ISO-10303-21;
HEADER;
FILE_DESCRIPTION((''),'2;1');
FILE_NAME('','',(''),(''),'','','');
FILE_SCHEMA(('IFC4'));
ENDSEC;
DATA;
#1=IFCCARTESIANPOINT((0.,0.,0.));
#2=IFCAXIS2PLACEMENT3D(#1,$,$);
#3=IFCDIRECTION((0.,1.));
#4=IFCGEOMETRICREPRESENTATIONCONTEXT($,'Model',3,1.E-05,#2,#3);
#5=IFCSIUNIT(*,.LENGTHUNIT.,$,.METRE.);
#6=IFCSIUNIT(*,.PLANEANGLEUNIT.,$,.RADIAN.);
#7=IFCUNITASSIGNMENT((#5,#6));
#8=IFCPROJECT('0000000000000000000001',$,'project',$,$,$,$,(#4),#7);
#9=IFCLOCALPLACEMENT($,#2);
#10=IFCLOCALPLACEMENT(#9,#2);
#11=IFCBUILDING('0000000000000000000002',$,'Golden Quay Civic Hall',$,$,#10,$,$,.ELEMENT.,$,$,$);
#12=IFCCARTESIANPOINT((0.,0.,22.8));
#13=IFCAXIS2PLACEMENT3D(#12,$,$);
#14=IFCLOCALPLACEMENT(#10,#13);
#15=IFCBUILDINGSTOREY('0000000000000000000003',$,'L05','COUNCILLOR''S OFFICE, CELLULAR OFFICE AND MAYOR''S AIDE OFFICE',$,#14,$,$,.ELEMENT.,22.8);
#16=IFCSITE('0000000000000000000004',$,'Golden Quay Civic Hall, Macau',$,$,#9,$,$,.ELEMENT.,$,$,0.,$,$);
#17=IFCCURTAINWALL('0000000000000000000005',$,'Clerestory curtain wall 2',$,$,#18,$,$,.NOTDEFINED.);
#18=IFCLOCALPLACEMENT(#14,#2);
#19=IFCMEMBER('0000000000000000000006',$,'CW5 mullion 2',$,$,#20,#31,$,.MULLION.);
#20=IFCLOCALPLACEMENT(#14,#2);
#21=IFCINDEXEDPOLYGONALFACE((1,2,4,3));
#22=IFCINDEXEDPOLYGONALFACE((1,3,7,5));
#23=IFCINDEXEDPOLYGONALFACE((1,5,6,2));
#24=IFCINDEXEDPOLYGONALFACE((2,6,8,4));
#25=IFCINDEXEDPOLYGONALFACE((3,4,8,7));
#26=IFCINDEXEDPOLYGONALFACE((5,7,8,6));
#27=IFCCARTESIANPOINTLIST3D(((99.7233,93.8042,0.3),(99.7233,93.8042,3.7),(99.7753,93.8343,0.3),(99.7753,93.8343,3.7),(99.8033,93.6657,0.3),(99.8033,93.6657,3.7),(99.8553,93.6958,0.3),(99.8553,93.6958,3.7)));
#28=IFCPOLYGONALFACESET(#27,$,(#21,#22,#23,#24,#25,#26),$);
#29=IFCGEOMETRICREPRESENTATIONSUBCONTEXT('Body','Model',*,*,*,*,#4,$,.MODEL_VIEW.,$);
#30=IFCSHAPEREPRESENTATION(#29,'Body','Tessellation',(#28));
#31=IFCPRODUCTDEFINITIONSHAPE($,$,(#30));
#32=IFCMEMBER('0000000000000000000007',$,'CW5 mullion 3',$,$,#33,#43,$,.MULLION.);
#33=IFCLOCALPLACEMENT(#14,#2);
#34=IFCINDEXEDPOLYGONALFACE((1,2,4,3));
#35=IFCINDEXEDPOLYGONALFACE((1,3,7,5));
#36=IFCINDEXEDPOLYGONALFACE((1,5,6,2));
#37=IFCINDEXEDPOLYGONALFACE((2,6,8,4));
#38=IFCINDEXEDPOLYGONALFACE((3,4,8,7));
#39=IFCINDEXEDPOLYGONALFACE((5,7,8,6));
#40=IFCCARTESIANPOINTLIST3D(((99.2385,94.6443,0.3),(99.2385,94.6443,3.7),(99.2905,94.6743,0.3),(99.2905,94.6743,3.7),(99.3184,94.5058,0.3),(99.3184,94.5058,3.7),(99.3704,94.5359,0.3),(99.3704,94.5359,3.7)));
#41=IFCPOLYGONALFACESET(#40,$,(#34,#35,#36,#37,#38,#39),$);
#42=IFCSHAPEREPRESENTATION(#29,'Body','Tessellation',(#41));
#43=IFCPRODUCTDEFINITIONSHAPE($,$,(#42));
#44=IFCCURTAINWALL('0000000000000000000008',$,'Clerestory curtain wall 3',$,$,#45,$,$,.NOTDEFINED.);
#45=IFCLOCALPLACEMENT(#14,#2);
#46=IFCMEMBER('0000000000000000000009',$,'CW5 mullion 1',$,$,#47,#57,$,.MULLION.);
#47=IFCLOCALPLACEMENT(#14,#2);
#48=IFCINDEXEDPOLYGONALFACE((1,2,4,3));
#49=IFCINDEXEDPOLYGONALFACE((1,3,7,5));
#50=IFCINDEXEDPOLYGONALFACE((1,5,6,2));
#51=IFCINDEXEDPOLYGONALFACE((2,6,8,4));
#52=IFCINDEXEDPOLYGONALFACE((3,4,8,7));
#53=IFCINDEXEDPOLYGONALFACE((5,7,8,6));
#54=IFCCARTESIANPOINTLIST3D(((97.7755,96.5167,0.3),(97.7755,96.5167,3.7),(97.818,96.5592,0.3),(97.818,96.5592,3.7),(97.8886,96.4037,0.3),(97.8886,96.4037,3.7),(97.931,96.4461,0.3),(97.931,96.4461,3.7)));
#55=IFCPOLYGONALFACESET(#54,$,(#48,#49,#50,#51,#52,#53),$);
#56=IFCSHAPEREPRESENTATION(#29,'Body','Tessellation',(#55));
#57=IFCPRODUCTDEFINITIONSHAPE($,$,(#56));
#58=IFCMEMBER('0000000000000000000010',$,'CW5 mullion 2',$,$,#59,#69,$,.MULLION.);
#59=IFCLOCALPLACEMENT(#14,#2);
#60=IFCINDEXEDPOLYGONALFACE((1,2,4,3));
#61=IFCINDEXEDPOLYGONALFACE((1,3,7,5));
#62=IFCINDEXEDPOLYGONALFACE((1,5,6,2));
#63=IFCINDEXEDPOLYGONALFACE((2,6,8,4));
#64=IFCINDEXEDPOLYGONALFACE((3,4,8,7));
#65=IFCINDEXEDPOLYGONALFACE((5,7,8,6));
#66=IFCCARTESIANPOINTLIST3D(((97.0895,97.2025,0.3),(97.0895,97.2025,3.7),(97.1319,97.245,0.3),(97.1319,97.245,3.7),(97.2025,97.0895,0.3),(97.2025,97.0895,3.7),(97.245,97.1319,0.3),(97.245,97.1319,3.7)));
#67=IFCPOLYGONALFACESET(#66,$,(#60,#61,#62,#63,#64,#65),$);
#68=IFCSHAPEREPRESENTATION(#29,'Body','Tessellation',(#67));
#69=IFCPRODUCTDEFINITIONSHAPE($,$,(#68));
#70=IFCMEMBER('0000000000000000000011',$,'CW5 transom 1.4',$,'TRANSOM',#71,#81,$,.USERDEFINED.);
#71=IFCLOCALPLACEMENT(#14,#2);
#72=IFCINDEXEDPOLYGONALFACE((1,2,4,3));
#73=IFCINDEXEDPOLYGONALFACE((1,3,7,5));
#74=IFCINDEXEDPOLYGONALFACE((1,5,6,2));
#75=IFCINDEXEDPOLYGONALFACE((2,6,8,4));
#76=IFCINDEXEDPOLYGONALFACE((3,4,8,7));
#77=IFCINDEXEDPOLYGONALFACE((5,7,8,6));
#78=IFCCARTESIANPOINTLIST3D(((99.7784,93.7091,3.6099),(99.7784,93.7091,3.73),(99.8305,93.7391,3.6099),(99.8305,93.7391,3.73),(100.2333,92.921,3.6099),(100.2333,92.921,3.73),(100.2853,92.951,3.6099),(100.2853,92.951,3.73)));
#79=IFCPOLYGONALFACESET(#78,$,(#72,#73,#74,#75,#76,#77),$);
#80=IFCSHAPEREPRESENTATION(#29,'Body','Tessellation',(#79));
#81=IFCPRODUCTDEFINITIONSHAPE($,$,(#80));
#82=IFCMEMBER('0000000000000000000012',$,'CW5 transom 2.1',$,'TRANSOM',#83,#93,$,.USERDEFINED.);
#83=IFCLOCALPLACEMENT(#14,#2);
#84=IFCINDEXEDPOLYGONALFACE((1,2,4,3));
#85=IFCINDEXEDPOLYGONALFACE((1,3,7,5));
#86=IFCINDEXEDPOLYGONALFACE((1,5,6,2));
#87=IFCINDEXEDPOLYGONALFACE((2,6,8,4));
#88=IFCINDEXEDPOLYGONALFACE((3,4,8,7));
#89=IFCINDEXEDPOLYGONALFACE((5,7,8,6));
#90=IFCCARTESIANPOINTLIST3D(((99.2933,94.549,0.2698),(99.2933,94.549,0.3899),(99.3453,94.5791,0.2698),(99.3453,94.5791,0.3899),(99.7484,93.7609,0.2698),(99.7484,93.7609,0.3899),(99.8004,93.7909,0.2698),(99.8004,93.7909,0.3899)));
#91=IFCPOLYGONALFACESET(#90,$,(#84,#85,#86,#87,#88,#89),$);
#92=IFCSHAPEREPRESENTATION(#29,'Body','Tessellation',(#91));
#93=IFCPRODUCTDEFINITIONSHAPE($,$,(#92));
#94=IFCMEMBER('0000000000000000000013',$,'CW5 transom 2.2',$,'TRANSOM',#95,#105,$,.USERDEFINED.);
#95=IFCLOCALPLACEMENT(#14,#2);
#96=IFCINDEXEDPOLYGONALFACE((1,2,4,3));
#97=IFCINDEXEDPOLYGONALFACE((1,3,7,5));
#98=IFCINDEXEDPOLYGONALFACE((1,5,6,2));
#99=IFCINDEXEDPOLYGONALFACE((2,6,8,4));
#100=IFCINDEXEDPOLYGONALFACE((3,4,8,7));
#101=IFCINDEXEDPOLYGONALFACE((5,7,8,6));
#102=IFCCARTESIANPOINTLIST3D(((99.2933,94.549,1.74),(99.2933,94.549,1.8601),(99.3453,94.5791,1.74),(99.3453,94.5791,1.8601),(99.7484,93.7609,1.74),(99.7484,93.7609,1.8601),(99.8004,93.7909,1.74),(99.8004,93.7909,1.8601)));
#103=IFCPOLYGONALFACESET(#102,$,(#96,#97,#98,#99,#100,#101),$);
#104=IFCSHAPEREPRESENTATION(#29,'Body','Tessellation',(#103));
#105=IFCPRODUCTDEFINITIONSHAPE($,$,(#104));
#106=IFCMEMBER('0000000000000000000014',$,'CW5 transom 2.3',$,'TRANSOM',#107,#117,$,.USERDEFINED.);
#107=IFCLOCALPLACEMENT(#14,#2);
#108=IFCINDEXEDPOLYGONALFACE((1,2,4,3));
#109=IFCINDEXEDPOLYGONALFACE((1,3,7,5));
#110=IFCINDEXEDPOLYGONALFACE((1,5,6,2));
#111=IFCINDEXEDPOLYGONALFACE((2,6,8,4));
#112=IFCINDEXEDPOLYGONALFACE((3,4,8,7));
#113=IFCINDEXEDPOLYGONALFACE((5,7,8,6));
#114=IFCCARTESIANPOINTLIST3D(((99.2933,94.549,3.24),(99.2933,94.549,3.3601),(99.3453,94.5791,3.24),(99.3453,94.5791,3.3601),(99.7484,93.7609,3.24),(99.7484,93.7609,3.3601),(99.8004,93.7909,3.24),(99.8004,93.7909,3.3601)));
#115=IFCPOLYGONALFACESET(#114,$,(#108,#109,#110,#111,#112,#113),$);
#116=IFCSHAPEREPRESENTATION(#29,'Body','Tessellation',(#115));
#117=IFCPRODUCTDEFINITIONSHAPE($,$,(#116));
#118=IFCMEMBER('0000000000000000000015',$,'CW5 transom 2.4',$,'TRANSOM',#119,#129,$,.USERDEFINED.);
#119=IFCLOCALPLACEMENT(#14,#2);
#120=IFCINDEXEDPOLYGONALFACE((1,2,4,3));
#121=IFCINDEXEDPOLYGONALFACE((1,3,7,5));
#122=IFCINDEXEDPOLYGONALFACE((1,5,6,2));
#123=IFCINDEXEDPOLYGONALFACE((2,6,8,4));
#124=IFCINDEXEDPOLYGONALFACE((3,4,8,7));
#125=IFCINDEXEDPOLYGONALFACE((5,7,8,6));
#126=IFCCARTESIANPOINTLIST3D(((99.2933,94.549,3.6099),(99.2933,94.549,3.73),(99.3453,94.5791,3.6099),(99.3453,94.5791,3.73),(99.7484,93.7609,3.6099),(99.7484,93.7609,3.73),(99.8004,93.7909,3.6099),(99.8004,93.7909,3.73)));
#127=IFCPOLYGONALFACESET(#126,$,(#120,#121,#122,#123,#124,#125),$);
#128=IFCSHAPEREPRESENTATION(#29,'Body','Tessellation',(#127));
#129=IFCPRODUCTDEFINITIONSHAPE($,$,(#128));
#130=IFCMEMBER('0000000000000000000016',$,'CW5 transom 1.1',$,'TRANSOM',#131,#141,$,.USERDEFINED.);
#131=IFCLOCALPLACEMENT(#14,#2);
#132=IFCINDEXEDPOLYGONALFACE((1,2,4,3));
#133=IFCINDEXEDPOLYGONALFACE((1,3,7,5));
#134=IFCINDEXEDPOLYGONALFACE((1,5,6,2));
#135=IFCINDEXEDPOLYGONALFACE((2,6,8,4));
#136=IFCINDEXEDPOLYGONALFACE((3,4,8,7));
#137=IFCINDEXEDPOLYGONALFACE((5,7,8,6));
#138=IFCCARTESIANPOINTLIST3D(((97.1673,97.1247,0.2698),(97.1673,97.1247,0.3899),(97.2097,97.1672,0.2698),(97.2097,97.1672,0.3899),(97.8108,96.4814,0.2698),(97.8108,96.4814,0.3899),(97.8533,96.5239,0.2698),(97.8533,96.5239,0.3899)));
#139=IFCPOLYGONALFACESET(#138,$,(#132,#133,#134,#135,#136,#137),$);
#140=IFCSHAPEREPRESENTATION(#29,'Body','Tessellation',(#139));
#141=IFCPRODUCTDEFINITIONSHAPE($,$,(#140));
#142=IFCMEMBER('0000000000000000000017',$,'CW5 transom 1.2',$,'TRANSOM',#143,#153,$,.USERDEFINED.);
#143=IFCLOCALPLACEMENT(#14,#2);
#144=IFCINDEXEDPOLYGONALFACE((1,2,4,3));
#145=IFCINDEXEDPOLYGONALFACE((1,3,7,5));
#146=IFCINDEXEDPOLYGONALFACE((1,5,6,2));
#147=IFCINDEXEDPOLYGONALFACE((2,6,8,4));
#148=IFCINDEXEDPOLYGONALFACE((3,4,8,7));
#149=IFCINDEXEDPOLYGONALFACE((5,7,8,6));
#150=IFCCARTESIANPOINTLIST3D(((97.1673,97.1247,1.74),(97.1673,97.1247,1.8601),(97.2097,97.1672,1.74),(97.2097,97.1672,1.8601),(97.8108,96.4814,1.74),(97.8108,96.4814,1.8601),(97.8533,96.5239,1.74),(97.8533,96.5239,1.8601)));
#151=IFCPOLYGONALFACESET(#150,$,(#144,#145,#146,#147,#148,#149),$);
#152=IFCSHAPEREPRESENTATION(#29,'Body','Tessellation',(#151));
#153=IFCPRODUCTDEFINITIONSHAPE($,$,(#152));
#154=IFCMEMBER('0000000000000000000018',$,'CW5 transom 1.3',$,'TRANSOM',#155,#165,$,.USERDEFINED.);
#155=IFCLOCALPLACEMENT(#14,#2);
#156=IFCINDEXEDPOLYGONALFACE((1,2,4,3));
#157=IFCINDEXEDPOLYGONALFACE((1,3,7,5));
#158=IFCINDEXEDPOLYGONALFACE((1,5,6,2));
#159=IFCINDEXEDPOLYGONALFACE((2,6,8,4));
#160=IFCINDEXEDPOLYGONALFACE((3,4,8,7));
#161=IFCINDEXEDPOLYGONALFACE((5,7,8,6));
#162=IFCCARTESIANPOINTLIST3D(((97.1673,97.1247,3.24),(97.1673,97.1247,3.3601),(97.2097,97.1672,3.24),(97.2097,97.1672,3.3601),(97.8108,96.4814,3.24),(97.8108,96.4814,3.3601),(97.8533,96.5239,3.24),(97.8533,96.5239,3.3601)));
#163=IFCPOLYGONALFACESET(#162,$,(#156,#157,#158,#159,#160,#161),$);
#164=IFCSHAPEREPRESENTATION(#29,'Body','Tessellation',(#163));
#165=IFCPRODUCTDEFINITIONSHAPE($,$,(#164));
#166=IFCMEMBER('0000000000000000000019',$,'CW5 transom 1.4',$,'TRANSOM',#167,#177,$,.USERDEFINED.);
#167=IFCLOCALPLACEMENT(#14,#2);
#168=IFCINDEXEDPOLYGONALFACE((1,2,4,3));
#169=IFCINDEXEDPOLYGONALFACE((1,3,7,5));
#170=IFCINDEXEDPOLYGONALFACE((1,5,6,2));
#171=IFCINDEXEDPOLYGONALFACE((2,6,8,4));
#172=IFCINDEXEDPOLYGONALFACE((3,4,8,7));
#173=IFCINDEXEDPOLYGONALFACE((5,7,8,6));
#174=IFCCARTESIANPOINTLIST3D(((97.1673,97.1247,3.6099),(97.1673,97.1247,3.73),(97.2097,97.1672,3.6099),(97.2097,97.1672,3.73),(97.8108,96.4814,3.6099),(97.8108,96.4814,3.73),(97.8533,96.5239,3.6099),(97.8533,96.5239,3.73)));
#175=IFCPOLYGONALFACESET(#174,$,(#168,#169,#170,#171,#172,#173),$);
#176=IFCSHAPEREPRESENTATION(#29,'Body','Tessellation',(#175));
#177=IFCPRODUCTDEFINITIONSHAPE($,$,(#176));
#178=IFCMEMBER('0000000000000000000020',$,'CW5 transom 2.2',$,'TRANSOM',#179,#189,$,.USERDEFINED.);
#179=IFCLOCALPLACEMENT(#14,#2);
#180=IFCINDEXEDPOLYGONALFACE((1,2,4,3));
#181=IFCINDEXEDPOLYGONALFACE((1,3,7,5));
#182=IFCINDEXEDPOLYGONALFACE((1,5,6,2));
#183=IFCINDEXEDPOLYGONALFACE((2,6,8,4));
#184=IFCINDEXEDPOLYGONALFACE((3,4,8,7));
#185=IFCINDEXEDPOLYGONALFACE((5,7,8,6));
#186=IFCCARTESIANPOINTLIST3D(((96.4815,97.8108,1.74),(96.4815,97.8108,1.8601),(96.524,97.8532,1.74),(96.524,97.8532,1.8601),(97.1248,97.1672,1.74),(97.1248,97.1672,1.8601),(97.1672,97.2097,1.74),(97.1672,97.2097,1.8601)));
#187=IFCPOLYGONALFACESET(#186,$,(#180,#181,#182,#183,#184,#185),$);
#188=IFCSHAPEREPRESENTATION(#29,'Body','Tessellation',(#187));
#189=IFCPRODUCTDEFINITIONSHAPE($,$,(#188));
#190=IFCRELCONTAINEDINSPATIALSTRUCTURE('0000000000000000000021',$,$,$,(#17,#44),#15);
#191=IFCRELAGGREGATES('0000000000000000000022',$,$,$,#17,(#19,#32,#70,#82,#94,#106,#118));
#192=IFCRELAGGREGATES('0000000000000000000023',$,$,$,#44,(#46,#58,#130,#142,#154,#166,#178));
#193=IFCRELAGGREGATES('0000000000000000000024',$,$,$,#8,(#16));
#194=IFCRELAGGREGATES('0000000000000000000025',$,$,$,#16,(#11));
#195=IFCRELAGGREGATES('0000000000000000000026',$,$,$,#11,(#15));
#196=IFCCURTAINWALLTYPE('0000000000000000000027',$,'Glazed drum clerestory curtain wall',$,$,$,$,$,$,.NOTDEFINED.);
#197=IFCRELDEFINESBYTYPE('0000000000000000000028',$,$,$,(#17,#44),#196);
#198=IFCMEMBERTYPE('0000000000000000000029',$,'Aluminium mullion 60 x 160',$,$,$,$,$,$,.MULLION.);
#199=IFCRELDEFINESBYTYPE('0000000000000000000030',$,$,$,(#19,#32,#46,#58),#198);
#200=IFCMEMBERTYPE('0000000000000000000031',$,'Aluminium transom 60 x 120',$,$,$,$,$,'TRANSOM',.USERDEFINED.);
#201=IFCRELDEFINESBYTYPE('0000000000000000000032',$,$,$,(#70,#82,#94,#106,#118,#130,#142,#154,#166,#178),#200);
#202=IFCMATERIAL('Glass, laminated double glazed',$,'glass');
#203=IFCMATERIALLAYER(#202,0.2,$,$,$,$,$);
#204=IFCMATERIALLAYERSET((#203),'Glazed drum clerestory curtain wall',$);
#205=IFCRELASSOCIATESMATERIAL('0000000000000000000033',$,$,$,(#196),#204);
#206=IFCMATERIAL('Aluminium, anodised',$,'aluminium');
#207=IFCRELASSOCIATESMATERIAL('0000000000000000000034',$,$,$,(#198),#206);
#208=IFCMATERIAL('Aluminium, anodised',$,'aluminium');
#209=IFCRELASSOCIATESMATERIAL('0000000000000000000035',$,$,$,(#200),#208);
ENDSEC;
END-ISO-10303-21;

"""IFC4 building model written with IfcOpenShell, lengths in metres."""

from ifc_helpers import new_model, si_unit, direction, frame, origin, origin_2d, place, context, subcontext, project, spatial, rectangle, extrude, material, layer, layer_set, material_profile, profile_set, type_object, element, aggregate, save


model = new_model("IFC4")

# Units and contexts
model_context = context("Model", 3, precision=1e-05, world=origin(), true_north=direction((0.0, 1.0)))
body_context = subcontext(model_context, "Body", "Model", "MODEL_VIEW")
ifc_project = project(units=[si_unit("LENGTHUNIT", "METRE"), si_unit("PLANEANGLEUNIT", "RADIAN")], contexts=[model_context])

# Site, building, storey
site_placement = place(None, origin())
site = spatial("IfcSite", under=ifc_project, at=site_placement, Name="Golden Quay Civic Hall, Macau", CompositionType="ELEMENT", RefElevation=0.0)
building_placement = place(site_placement, origin())
building = spatial("IfcBuilding", under=site, at=building_placement, Name="Golden Quay Civic Hall", CompositionType="ELEMENT")
storey_placement = place(building_placement, frame((0.0, 0.0, 22.8)))
storey = spatial("IfcBuildingStorey", under=building, at=storey_placement, Name="L05", Description="COUNCILLOR'S OFFICE, CELLULAR OFFICE AND MAYOR'S AIDE OFFICE", CompositionType="ELEMENT", Elevation=22.8)

# Curtain walls, members
ifc_material_1 = material(Name="Glass, laminated double glazed", Category="glass")
ifc_layer_1 = layer(ifc_material_1, 0.2)
ifc_layer_set_1 = layer_set([ifc_layer_1], Name="Glazed drum clerestory curtain wall")
curtain_wall_type = type_object("IfcCurtainWallType", Name="Glazed drum clerestory curtain wall", PredefinedType="NOTDEFINED", material=ifc_layer_set_1)
curtain_wall_1_placement = place(storey_placement, origin())
curtain_wall_1 = element("IfcCurtainWall", 1, at=curtain_wall_1_placement, inside=storey, type_object=curtain_wall_type, Name="Clerestory curtain wall 2", PredefinedType="NOTDEFINED")
ifc_material_2 = material(Name="Aluminium, anodised", Category="aluminium")
ifc_material_profile_1 = material_profile(ifc_material_2, rectangle(XDim=0.0601, YDim=0.1599, at=origin_2d()), Name="Aluminium 60 x 160")
ifc_profile_set_1 = profile_set([ifc_material_profile_1], Name="Aluminium, anodised")
member_type_1 = type_object("IfcMemberType", Name="Aluminium mullion 60 x 160", PredefinedType="MULLION", material=ifc_profile_set_1)
member_1_placement = place(storey_placement, frame((99.7893, 93.75, 0.3), z_axis=(0.0, 0.0, 1.0), x_axis=(-0.866019, -0.500011, 0.0)))
member_1 = element("IfcMember", 2, at=member_1_placement, type_object=member_type_1, Name="CW5 mullion 2", PredefinedType="MULLION", context=body_context, shape_type="SweptSolid", body=[
    extrude(rectangle(XDim=0.0601, YDim=0.1599, at=origin_2d()), origin(), (0.0, 0.0, 1.0), 3.3999),
])
member_2_placement = place(storey_placement, frame((99.3044, 94.5901, 0.3), z_axis=(0.0, 0.0, 1.0), x_axis=(-0.866019, -0.500011, 0.0)))
member_2 = element("IfcMember", 3, at=member_2_placement, type_object=member_type_1, Name="CW5 mullion 3", PredefinedType="MULLION", context=body_context, shape_type="SweptSolid", body=[
    extrude(rectangle(XDim=0.0601, YDim=0.1599, at=origin_2d()), origin(), (0.0, 0.0, 1.0), 3.3999),
])
curtain_wall_2_placement = place(storey_placement, origin())
curtain_wall_2 = element("IfcCurtainWall", 4, at=curtain_wall_2_placement, inside=storey, type_object=curtain_wall_type, Name="Clerestory curtain wall 3", PredefinedType="NOTDEFINED")
member_3_placement = place(storey_placement, frame((97.8533, 96.4814, 0.3), z_axis=(0.0, 0.0, 1.0), x_axis=(-0.707107, -0.707107, 0.0)))
member_3 = element("IfcMember", 5, at=member_3_placement, type_object=member_type_1, Name="CW5 mullion 1", PredefinedType="MULLION", context=body_context, shape_type="SweptSolid", body=[
    extrude(rectangle(XDim=0.0601, YDim=0.1599, at=origin_2d()), origin(), (0.0, 0.0, 1.0), 3.3999),
])
member_4_placement = place(storey_placement, frame((97.1672, 97.1672, 0.3), z_axis=(0.0, 0.0, 1.0), x_axis=(-0.707107, -0.707107, 0.0)))
member_4 = element("IfcMember", 6, at=member_4_placement, type_object=member_type_1, Name="CW5 mullion 2", PredefinedType="MULLION", context=body_context, shape_type="SweptSolid", body=[
    extrude(rectangle(XDim=0.0601, YDim=0.1599, at=origin_2d()), origin(), (0.0, 0.0, 1.0), 3.3999),
])

# Members
ifc_material_3 = material(Name="Aluminium, anodised", Category="aluminium")
ifc_material_profile_2 = material_profile(ifc_material_3, rectangle(XDim=0.0601, YDim=0.1201, at=origin_2d()), Name="Aluminium 60 x 120")
ifc_profile_set_2 = profile_set([ifc_material_profile_2], Name="Aluminium, anodised")
member_type_2 = type_object("IfcMemberType", Name="Aluminium transom 60 x 120", ElementType="TRANSOM", PredefinedType="USERDEFINED", material=ifc_profile_set_2)
member_5_placement = place(storey_placement, frame((100.2593, 92.936, 3.6699), z_axis=(-0.499862, 0.866105, 0.0), x_axis=(-0.866105, -0.499862, 0.0)))
member_5 = element("IfcMember", 7, at=member_5_placement, type_object=member_type_2, Name="CW5 transom 1.4", ObjectType="TRANSOM", PredefinedType="USERDEFINED", context=body_context, shape_type="SweptSolid", body=[
    extrude(rectangle(XDim=0.0601, YDim=0.1201, at=origin_2d()), origin(), (0.0, 0.0, 1.0), 0.9099),
])
member_6_placement = place(storey_placement, frame((99.7744, 93.7759, 0.3298), z_axis=(-0.500063, 0.865989, 0.0), x_axis=(-0.865989, -0.500063, 0.0)))
member_6 = element("IfcMember", 8, at=member_6_placement, type_object=member_type_2, Name="CW5 transom 2.1", ObjectType="TRANSOM", PredefinedType="USERDEFINED", context=body_context, shape_type="SweptSolid", body=[
    extrude(rectangle(XDim=0.0601, YDim=0.1201, at=origin_2d()), origin(), (0.0, 0.0, 1.0), 0.9102),
])
member_7_placement = place(storey_placement, frame((99.7744, 93.7759, 1.8), z_axis=(-0.500063, 0.865989, 0.0), x_axis=(-0.865989, -0.500063, 0.0)))
member_7 = element("IfcMember", 9, at=member_7_placement, type_object=member_type_2, Name="CW5 transom 2.2", ObjectType="TRANSOM", PredefinedType="USERDEFINED", context=body_context, shape_type="SweptSolid", body=[
    extrude(rectangle(XDim=0.0601, YDim=0.1201, at=origin_2d()), origin(), (0.0, 0.0, 1.0), 0.9102),
])
member_8_placement = place(storey_placement, frame((99.7744, 93.7759, 3.3), z_axis=(-0.500063, 0.865989, 0.0), x_axis=(-0.865989, -0.500063, 0.0)))
member_8 = element("IfcMember", 10, at=member_8_placement, type_object=member_type_2, Name="CW5 transom 2.3", ObjectType="TRANSOM", PredefinedType="USERDEFINED", context=body_context, shape_type="SweptSolid", body=[
    extrude(rectangle(XDim=0.0601, YDim=0.1201, at=origin_2d()), origin(), (0.0, 0.0, 1.0), 0.9102),
])
member_9_placement = place(storey_placement, frame((99.7744, 93.7759, 3.6699), z_axis=(-0.500063, 0.865989, 0.0), x_axis=(-0.865989, -0.500063, 0.0)))
member_9 = element("IfcMember", 11, at=member_9_placement, type_object=member_type_2, Name="CW5 transom 2.4", ObjectType="TRANSOM", PredefinedType="USERDEFINED", context=body_context, shape_type="SweptSolid", body=[
    extrude(rectangle(XDim=0.0601, YDim=0.1201, at=origin_2d()), origin(), (0.0, 0.0, 1.0), 0.9102),
])
member_10_placement = place(storey_placement, frame((97.832, 96.5027, 0.3298), z_axis=(-0.707241, 0.706973, 0.0), x_axis=(-0.706973, -0.707241, 0.0)))
member_10 = element("IfcMember", 12, at=member_10_placement, type_object=member_type_2, Name="CW5 transom 1.1", ObjectType="TRANSOM", PredefinedType="USERDEFINED", context=body_context, shape_type="SweptSolid", body=[
    extrude(rectangle(XDim=0.0601, YDim=0.1201, at=origin_2d()), origin(), (0.0, 0.0, 1.0), 0.9099),
])
member_11_placement = place(storey_placement, frame((97.832, 96.5027, 1.8), z_axis=(-0.707241, 0.706973, 0.0), x_axis=(-0.706973, -0.707241, 0.0)))
member_11 = element("IfcMember", 13, at=member_11_placement, type_object=member_type_2, Name="CW5 transom 1.2", ObjectType="TRANSOM", PredefinedType="USERDEFINED", context=body_context, shape_type="SweptSolid", body=[
    extrude(rectangle(XDim=0.0601, YDim=0.1201, at=origin_2d()), origin(), (0.0, 0.0, 1.0), 0.9099),
])
member_12_placement = place(storey_placement, frame((97.832, 96.5027, 3.3), z_axis=(-0.707241, 0.706973, 0.0), x_axis=(-0.706973, -0.707241, 0.0)))
member_12 = element("IfcMember", 14, at=member_12_placement, type_object=member_type_2, Name="CW5 transom 1.3", ObjectType="TRANSOM", PredefinedType="USERDEFINED", context=body_context, shape_type="SweptSolid", body=[
    extrude(rectangle(XDim=0.0601, YDim=0.1201, at=origin_2d()), origin(), (0.0, 0.0, 1.0), 0.9099),
])
member_13_placement = place(storey_placement, frame((97.832, 96.5027, 3.6699), z_axis=(-0.707241, 0.706973, 0.0), x_axis=(-0.706973, -0.707241, 0.0)))
member_13 = element("IfcMember", 15, at=member_13_placement, type_object=member_type_2, Name="CW5 transom 1.4", ObjectType="TRANSOM", PredefinedType="USERDEFINED", context=body_context, shape_type="SweptSolid", body=[
    extrude(rectangle(XDim=0.0601, YDim=0.1201, at=origin_2d()), origin(), (0.0, 0.0, 1.0), 0.9099),
])
member_14_placement = place(storey_placement, frame((97.146, 97.1885, 1.8), z_axis=(-0.706973, 0.707241, 0.0), x_axis=(-0.707241, -0.706973, 0.0)))
member_14 = element("IfcMember", 16, at=member_14_placement, type_object=member_type_2, Name="CW5 transom 2.2", ObjectType="TRANSOM", PredefinedType="USERDEFINED", context=body_context, shape_type="SweptSolid", body=[
    extrude(rectangle(XDim=0.0601, YDim=0.1201, at=origin_2d()), origin(), (0.0, 0.0, 1.0), 0.9099),
])

aggregate(curtain_wall_1, [member_1, member_2, member_5, member_6, member_7, member_8, member_9])
aggregate(curtain_wall_2, [member_3, member_4, member_10, member_11, member_12, member_13, member_14])

save(model, "model.ifc")
